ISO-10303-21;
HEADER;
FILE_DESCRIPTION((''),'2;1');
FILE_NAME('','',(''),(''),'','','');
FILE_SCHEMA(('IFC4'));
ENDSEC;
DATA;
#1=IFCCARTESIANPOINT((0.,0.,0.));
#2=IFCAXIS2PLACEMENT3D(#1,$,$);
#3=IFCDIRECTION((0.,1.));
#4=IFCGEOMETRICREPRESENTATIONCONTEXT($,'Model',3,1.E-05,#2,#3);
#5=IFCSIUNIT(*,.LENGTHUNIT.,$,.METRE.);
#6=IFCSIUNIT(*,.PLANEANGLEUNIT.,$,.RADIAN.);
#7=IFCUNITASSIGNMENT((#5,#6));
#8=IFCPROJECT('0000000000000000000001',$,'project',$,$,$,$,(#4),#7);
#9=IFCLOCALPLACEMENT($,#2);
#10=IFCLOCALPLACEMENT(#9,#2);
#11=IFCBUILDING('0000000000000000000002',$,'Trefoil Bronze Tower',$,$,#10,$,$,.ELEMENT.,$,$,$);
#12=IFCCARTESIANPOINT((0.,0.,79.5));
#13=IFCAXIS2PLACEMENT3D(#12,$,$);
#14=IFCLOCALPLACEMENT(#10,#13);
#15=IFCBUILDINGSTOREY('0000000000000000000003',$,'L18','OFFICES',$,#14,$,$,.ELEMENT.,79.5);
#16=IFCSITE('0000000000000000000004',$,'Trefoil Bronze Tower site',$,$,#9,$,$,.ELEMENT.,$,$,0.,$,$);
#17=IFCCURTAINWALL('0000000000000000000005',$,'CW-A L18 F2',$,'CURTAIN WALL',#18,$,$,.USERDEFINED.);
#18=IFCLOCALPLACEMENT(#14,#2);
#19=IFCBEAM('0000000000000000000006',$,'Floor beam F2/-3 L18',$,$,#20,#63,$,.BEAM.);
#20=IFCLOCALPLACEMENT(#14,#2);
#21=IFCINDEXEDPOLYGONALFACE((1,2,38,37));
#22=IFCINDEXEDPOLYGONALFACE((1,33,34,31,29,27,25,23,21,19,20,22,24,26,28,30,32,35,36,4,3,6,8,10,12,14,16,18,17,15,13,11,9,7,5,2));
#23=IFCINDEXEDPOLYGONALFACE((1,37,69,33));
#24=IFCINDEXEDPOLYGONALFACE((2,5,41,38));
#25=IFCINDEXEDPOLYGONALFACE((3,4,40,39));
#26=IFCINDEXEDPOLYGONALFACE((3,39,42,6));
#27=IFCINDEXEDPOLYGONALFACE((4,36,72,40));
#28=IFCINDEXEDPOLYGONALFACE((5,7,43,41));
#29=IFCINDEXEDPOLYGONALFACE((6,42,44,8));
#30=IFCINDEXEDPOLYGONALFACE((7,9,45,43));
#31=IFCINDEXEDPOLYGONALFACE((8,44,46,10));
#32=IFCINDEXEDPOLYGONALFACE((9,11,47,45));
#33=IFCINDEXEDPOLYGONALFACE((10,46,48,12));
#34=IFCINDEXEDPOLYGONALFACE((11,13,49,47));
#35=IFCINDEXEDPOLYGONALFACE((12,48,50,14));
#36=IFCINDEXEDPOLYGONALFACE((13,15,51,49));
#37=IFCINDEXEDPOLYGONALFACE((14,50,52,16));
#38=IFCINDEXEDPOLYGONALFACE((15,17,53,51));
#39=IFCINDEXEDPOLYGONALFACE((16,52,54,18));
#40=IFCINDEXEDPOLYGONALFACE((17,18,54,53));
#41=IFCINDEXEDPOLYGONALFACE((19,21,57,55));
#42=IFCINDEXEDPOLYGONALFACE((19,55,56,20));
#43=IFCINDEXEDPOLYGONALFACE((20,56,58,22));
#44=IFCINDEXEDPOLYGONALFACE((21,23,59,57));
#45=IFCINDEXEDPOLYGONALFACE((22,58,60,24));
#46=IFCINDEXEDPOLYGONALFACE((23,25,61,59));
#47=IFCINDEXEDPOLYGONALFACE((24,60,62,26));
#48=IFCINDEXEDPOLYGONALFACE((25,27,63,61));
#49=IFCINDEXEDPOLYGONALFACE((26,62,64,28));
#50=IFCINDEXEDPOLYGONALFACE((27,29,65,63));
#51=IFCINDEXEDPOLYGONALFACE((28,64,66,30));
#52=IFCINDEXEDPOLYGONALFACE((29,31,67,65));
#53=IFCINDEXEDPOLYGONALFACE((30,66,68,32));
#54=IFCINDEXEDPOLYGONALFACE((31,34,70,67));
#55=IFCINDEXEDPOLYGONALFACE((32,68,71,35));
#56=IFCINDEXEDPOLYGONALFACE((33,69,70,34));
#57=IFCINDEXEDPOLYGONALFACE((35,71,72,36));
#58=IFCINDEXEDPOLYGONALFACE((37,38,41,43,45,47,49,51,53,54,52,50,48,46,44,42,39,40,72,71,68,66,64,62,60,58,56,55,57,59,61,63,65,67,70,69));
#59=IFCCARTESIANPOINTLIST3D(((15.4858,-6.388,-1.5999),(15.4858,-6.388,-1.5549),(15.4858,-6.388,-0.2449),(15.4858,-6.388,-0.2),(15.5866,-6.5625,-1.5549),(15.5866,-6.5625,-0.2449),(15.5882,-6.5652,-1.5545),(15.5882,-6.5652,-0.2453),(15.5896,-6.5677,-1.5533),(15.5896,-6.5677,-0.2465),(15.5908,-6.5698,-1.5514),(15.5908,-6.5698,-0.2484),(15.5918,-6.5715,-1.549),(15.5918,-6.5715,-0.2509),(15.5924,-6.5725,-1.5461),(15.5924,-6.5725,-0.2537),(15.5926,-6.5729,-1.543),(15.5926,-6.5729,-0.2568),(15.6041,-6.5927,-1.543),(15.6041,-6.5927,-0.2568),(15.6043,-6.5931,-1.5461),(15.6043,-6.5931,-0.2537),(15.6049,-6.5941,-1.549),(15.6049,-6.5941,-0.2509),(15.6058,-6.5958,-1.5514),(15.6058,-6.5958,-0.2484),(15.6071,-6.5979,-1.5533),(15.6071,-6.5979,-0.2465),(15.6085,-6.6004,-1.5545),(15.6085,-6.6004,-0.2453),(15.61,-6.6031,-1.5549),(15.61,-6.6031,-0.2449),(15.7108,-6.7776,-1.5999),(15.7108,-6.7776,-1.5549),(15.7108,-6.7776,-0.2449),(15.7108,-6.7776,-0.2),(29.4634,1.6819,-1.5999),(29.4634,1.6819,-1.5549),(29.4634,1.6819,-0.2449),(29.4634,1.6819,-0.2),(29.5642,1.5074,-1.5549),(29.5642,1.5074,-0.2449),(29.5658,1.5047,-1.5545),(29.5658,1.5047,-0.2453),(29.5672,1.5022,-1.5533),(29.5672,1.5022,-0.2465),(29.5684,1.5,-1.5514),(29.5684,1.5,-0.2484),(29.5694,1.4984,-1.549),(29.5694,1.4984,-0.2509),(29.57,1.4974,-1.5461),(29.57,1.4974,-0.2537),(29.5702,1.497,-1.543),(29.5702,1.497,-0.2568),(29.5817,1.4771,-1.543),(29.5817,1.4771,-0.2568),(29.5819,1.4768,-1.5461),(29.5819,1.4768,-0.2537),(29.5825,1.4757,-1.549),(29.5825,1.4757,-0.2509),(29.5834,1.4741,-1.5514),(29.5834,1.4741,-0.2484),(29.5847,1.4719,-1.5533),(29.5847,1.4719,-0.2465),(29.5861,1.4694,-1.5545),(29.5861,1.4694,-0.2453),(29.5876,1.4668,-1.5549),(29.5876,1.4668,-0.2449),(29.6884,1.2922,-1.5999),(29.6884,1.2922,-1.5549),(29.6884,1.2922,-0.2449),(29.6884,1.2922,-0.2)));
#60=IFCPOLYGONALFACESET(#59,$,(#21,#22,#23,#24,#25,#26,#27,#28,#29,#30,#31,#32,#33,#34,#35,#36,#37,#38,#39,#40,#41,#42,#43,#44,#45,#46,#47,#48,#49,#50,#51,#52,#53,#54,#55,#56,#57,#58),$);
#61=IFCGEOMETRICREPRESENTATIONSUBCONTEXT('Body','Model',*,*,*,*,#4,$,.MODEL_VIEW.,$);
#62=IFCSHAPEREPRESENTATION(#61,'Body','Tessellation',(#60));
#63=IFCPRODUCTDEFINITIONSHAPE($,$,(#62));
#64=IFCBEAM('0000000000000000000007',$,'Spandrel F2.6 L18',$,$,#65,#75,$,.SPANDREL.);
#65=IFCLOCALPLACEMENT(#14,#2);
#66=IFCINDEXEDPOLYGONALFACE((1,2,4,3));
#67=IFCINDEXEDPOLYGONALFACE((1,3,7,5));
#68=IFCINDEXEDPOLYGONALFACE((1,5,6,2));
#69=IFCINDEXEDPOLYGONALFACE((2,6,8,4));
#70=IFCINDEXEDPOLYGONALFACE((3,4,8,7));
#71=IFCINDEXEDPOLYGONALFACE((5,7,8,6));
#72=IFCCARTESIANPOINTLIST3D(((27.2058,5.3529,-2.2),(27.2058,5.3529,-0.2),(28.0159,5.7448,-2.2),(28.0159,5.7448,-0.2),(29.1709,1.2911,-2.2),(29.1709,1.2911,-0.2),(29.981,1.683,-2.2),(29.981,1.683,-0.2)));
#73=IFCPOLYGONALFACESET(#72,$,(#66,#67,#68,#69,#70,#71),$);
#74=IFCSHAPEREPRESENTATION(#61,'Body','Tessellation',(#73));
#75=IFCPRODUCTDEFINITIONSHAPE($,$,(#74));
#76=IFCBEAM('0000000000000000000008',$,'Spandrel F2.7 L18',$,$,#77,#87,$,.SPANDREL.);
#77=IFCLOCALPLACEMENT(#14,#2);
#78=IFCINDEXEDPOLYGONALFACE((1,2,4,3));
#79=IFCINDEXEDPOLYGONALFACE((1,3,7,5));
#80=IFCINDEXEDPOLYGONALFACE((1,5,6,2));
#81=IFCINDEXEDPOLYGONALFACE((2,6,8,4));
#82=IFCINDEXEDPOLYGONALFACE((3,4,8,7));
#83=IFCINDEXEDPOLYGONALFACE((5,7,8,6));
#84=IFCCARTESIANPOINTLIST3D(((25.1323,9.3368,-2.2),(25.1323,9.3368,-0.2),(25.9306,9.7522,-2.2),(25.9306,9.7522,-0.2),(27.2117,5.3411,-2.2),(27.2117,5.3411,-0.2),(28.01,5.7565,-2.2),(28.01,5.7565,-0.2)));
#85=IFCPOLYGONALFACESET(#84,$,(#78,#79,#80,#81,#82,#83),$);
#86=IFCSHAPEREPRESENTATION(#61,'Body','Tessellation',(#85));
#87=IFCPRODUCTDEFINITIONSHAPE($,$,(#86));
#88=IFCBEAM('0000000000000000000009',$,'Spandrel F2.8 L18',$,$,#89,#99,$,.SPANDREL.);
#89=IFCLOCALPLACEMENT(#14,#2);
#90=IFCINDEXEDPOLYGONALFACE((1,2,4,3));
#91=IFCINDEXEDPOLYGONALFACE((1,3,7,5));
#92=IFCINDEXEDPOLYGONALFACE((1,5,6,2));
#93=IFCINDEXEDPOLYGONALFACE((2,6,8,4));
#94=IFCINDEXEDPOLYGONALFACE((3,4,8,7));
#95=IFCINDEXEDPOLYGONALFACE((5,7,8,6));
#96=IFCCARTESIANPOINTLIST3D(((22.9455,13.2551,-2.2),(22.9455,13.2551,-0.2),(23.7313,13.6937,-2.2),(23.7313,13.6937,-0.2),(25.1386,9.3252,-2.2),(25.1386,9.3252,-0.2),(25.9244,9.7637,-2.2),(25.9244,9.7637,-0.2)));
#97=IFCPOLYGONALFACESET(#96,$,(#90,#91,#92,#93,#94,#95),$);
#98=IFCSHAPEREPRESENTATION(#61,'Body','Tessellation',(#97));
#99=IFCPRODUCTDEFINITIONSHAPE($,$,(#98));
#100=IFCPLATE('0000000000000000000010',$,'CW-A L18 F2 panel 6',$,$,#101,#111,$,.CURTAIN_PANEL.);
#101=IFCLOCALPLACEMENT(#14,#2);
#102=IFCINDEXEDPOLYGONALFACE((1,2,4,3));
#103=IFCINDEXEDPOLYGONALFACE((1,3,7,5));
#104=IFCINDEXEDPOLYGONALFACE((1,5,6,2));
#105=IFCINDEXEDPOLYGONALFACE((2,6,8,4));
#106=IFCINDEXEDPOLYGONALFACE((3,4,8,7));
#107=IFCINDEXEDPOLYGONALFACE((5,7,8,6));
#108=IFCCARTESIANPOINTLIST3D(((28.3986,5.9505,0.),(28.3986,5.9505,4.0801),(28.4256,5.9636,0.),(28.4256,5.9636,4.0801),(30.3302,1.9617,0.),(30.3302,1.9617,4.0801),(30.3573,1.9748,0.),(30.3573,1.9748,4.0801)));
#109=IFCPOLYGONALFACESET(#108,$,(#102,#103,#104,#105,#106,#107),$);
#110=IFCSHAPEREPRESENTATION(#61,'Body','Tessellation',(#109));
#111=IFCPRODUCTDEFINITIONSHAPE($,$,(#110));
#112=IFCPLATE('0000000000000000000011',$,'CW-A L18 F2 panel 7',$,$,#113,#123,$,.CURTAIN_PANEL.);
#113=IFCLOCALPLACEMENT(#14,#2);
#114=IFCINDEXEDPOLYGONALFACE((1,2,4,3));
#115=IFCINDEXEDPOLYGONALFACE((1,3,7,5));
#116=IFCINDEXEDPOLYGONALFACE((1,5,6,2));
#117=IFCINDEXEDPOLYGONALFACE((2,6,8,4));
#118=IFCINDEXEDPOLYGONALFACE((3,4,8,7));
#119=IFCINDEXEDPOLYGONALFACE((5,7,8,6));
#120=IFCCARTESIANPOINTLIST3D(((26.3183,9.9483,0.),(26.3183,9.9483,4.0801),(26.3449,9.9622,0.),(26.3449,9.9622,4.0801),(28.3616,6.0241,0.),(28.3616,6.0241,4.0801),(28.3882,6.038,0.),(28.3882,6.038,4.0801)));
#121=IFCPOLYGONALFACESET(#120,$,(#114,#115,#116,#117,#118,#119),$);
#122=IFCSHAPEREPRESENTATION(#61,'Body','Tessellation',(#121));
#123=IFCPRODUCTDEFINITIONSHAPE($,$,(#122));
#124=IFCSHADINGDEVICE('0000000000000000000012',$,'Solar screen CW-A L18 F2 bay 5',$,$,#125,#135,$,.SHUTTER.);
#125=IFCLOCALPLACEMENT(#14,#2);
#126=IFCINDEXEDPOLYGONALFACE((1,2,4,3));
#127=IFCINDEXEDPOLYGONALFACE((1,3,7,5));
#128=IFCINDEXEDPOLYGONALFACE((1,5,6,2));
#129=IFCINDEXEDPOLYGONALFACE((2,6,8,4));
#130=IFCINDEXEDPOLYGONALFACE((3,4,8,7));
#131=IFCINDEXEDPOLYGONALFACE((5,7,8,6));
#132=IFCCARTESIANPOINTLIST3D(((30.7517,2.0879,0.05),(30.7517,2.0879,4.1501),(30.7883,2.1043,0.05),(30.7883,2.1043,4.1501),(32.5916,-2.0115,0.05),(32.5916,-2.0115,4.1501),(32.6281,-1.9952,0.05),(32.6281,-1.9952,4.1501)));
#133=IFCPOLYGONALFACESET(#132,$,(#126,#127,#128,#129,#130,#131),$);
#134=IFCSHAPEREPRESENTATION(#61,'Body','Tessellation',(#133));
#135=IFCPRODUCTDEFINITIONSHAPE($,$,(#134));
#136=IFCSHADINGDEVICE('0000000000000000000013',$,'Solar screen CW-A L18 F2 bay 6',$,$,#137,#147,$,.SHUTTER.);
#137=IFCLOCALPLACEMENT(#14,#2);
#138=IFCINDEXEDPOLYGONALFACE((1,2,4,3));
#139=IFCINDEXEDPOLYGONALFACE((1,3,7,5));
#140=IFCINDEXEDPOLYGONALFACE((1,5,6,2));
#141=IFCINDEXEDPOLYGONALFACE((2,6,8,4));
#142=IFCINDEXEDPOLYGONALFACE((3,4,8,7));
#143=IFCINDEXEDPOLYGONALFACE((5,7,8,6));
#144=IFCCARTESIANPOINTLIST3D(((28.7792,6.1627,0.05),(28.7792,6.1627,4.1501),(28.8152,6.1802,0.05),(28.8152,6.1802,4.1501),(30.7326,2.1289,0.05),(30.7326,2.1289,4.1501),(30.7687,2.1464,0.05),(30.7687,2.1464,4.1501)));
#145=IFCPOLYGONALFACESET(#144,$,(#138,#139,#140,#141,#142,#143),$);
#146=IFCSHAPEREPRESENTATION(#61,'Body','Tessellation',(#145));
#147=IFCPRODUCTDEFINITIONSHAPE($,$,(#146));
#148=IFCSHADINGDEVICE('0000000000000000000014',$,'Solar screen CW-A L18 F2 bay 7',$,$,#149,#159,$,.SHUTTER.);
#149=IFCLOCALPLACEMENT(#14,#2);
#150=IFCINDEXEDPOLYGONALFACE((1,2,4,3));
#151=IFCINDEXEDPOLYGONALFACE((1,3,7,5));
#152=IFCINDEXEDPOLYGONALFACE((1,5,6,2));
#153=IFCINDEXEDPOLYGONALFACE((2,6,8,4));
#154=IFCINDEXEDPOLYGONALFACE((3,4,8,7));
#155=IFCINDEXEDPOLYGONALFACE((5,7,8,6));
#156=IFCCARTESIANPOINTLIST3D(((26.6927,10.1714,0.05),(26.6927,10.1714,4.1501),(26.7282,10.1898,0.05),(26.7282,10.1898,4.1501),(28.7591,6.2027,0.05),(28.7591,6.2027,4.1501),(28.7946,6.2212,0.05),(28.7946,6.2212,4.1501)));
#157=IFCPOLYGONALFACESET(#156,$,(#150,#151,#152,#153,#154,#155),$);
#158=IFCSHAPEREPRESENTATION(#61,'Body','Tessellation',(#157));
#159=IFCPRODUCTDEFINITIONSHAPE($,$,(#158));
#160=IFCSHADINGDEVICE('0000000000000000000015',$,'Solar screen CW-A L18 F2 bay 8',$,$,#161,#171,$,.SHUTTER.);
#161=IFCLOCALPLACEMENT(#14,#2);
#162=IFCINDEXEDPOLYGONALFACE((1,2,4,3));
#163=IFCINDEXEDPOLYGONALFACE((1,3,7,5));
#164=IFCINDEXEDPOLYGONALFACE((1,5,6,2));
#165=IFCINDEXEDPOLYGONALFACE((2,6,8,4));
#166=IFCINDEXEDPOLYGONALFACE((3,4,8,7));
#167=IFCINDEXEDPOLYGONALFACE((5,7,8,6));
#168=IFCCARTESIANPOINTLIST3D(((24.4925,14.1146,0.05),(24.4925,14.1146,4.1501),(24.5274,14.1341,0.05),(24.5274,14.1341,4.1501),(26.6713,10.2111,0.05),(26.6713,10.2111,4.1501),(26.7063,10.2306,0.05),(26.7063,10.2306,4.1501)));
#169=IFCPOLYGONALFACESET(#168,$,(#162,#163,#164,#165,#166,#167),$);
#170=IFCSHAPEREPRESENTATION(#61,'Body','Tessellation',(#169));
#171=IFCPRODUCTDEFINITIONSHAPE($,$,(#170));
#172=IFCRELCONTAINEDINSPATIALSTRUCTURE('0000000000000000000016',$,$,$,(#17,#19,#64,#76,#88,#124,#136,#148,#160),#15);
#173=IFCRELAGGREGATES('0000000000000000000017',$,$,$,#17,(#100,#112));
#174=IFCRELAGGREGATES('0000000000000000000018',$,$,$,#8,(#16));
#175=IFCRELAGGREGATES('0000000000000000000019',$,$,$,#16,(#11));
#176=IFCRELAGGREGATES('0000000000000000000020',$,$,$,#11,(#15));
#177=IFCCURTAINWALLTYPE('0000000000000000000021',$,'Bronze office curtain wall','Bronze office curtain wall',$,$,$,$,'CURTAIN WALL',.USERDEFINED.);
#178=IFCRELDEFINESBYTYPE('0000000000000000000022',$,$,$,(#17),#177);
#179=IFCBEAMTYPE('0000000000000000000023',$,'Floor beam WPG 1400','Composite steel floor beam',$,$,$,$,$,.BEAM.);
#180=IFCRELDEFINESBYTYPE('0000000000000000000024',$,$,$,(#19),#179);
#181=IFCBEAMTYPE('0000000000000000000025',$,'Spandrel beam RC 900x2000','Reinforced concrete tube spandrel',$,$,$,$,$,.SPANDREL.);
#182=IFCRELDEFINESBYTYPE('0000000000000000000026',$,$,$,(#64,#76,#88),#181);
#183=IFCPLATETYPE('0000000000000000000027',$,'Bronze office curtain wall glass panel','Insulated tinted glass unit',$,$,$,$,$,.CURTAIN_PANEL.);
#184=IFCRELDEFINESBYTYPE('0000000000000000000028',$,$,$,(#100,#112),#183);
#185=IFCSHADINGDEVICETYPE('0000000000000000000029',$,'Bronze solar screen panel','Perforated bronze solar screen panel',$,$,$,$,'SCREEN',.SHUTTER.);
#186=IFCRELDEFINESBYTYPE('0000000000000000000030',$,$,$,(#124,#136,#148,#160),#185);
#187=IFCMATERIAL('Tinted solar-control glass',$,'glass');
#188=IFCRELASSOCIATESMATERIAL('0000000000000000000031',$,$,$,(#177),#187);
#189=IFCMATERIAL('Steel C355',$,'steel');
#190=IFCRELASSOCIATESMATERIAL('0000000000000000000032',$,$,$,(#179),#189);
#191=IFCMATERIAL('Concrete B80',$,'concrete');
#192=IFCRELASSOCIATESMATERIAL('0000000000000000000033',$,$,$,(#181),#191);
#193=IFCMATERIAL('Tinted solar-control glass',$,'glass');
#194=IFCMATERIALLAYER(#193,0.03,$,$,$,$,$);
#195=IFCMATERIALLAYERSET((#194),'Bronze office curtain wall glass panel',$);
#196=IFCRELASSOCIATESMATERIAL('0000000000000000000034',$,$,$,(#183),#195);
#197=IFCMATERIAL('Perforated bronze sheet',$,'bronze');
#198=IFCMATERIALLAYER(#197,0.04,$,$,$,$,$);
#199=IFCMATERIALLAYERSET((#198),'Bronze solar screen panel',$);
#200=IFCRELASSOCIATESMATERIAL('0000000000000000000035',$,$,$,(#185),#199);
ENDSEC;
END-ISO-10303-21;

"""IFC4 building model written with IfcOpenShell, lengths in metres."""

from ifc_helpers import new_model, si_unit, direction, frame, origin, origin_2d, place, context, subcontext, project, spatial, rectangle, i_section, extrude, material, layer, layer_set, material_profile, profile_set, type_object, element, aggregate, save


model = new_model("IFC4")

# Units and contexts
model_context = context("Model", 3, precision=1e-05, world=origin(), true_north=direction((0.0, 1.0)))
body_context = subcontext(model_context, "Body", "Model", "MODEL_VIEW")
ifc_project = project(units=[si_unit("LENGTHUNIT", "METRE"), si_unit("PLANEANGLEUNIT", "RADIAN")], contexts=[model_context])

# Site, building, storey
site_placement = place(None, origin())
site = spatial("IfcSite", under=ifc_project, at=site_placement, Name="Trefoil Bronze Tower site", CompositionType="ELEMENT", RefElevation=0.0)
building_placement = place(site_placement, origin())
building = spatial("IfcBuilding", under=site, at=building_placement, Name="Trefoil Bronze Tower", CompositionType="ELEMENT")
storey_placement = place(building_placement, frame((0.0, 0.0, 79.5)))
storey = spatial("IfcBuildingStorey", under=building, at=storey_placement, Name="L18", Description="OFFICES", CompositionType="ELEMENT", Elevation=79.5)

# Curtain wall
ifc_material_1 = material(Name="Tinted solar-control glass", Category="glass")
curtain_wall_type = type_object("IfcCurtainWallType", Name="Bronze office curtain wall", Description="Bronze office curtain wall", ElementType="CURTAIN WALL", PredefinedType="USERDEFINED", material=ifc_material_1)
curtain_wall_placement = place(storey_placement, origin())
curtain_wall = element("IfcCurtainWall", 1, at=curtain_wall_placement, inside=storey, type_object=curtain_wall_type, Name="CW-A L18 F2", ObjectType="CURTAIN WALL", PredefinedType="USERDEFINED")

# Beams
ifc_material_2 = material(Name="Steel C355", Category="steel")
ifc_material_profile_1 = material_profile(ifc_material_2, i_section(OverallWidth=0.45, OverallDepth=1.3999, WebThickness=0.0229, FlangeThickness=0.0449, FilletRadius=0.012, at=origin_2d()), Name="WPG 1400")
ifc_profile_set_1 = profile_set([ifc_material_profile_1], Name="Steel C355")
beam_type_1 = type_object("IfcBeamType", Name="Floor beam WPG 1400", Description="Composite steel floor beam", PredefinedType="BEAM", material=ifc_profile_set_1)
beam_1_placement = place(storey_placement, frame((29.5759, 1.4871, -0.8999), z_axis=(-0.866028, -0.499995, 0.0), x_axis=(0.499995, -0.866028, 0.0)))
element("IfcBeam", 2, at=beam_1_placement, inside=storey, type_object=beam_type_1, Name="Floor beam F2/-3 L18", PredefinedType="BEAM", context=body_context, shape_type="SweptSolid", body=[
    extrude(i_section(OverallWidth=0.45, OverallDepth=1.3999, WebThickness=0.0229, FlangeThickness=0.0449, FilletRadius=0.012, at=origin_2d()), origin(), (0.0, 0.0, 1.0), 16.1399),
])
ifc_material_3 = material(Name="Concrete B80", Category="concrete")
ifc_material_profile_2 = material_profile(ifc_material_3, rectangle(XDim=0.8999, YDim=2.0, at=origin_2d()), Name="RC 900x2000")
ifc_profile_set_2 = profile_set([ifc_material_profile_2], Name="Concrete B80")
beam_type_2 = type_object("IfcBeamType", Name="Spandrel beam RC 900x2000", Description="Reinforced concrete tube spandrel", PredefinedType="SPANDREL", material=ifc_profile_set_2)
beam_2_placement = place(storey_placement, frame((29.5759, 1.4871, -1.2), z_axis=(-0.43551, 0.900184, 0.0), x_axis=(-0.900184, -0.43551, 0.0)))
element("IfcBeam", 3, at=beam_2_placement, inside=storey, type_object=beam_type_2, Name="Spandrel F2.6 L18", PredefinedType="SPANDREL", context=body_context, shape_type="SweptSolid", body=[
    extrude(rectangle(XDim=0.8999, YDim=2.0, at=origin_2d()), origin(), (0.0, 0.0, 1.0), 4.5122),
])
beam_3_placement = place(storey_placement, frame((27.6108, 5.5488, -1.2), z_axis=(-0.461638, 0.887069, 0.0), x_axis=(-0.887069, -0.461638, 0.0)))
element("IfcBeam", 4, at=beam_3_placement, inside=storey, type_object=beam_type_2, Name="Spandrel F2.7 L18", PredefinedType="SPANDREL", context=body_context, shape_type="SweptSolid", body=[
    extrude(rectangle(XDim=0.8999, YDim=2.0, at=origin_2d()), origin(), (0.0, 0.0, 1.0), 4.5044),
])
beam_4_placement = place(storey_placement, frame((25.5315, 9.5444, -1.2), z_axis=(-0.487309, 0.873229, 0.0), x_axis=(-0.873229, -0.487309, 0.0)))
element("IfcBeam", 5, at=beam_4_placement, inside=storey, type_object=beam_type_2, Name="Spandrel F2.8 L18", PredefinedType="SPANDREL", context=body_context, shape_type="SweptSolid", body=[
    extrude(rectangle(XDim=0.8999, YDim=2.0, at=origin_2d()), origin(), (0.0, 0.0, 1.0), 4.5005),
])

# Plates
ifc_material_4 = material(Name="Tinted solar-control glass", Category="glass")
ifc_layer_1 = layer(ifc_material_4, 0.03)
ifc_layer_set_1 = layer_set([ifc_layer_1], Name="Bronze office curtain wall glass panel")
plate_type = type_object("IfcPlateType", Name="Bronze office curtain wall glass panel", Description="Insulated tinted glass unit", PredefinedType="CURTAIN_PANEL", material=ifc_layer_set_1)
plate_1_placement = place(storey_placement, frame((29.3779, 3.9626, 0.0), z_axis=(0.0, 0.0, 1.0), x_axis=(-0.435855, 0.900017, 0.0)))
plate_1 = element("IfcPlate", 6, at=plate_1_placement, type_object=plate_type, Name="CW-A L18 F2 panel 6", PredefinedType="CURTAIN_PANEL", context=body_context, shape_type="SweptSolid", body=[
    extrude(rectangle(XDim=4.4319, YDim=0.03, at=origin_2d()), origin(), (0.0, 0.0, 1.0), 4.0801),
])
plate_2_placement = place(storey_placement, frame((27.3533, 7.9932, 0.0), z_axis=(0.0, 0.0, 1.0), x_axis=(-0.46183, 0.886969, 0.0)))
plate_2 = element("IfcPlate", 7, at=plate_2_placement, type_object=plate_type, Name="CW-A L18 F2 panel 7", PredefinedType="CURTAIN_PANEL", context=body_context, shape_type="SweptSolid", body=[
    extrude(rectangle(XDim=4.4243, YDim=0.03, at=origin_2d()), origin(), (0.0, 0.0, 1.0), 4.0801),
])
aggregate(curtain_wall, [plate_1, plate_2])

# Shading devices
ifc_material_5 = material(Name="Perforated bronze sheet", Category="bronze")
ifc_layer_2 = layer(ifc_material_5, 0.04)
ifc_layer_set_2 = layer_set([ifc_layer_2], Name="Bronze solar screen panel")
shading_device_type = type_object("IfcShadingDeviceType", Name="Bronze solar screen panel", Description="Perforated bronze solar screen panel", ElementType="SCREEN", PredefinedType="SHUTTER", material=ifc_layer_set_2)
shading_device_1_placement = place(storey_placement, frame((31.6899, 0.0464, 0.05), z_axis=(0.0, 0.0, 1.0), x_axis=(-0.409456, 0.91233, 0.0)))
element("IfcShadingDevice", 8, at=shading_device_1_placement, inside=storey, type_object=shading_device_type, Name="Solar screen CW-A L18 F2 bay 5", PredefinedType="SHUTTER", context=body_context, shape_type="SweptSolid", body=[
    extrude(rectangle(XDim=4.4934, YDim=0.04, at=origin_2d()), origin(), (0.0, 0.0, 1.0), 4.1001),
])
shading_device_2_placement = place(storey_placement, frame((29.7739, 4.1545, 0.05), z_axis=(0.0, 0.0, 1.0), x_axis=(-0.435855, 0.900017, 0.0)))
element("IfcShadingDevice", 9, at=shading_device_2_placement, inside=storey, type_object=shading_device_type, Name="Solar screen CW-A L18 F2 bay 6", PredefinedType="SHUTTER", context=body_context, shape_type="SweptSolid", body=[
    extrude(rectangle(XDim=4.4819, YDim=0.04, at=origin_2d()), origin(), (0.0, 0.0, 1.0), 4.1001),
])
shading_device_3_placement = place(storey_placement, frame((27.7437, 8.1963, 0.05), z_axis=(0.0, 0.0, 1.0), x_axis=(-0.46183, 0.886969, 0.0)))
element("IfcShadingDevice", 10, at=shading_device_3_placement, inside=storey, type_object=shading_device_type, Name="Solar screen CW-A L18 F2 bay 7", PredefinedType="SHUTTER", context=body_context, shape_type="SweptSolid", body=[
    extrude(rectangle(XDim=4.4744, YDim=0.04, at=origin_2d()), origin(), (0.0, 0.0, 1.0), 4.1001),
])
shading_device_4_placement = place(storey_placement, frame((25.5994, 12.1726, 0.05), z_axis=(0.0, 0.0, 1.0), x_axis=(-0.487382, 0.873189, 0.0)))
element("IfcShadingDevice", 11, at=shading_device_4_placement, inside=storey, type_object=shading_device_type, Name="Solar screen CW-A L18 F2 bay 8", PredefinedType="SHUTTER", context=body_context, shape_type="SweptSolid", body=[
    extrude(rectangle(XDim=4.4705, YDim=0.04, at=origin_2d()), origin(), (0.0, 0.0, 1.0), 4.1001),
])

save(model, "model.ifc")
